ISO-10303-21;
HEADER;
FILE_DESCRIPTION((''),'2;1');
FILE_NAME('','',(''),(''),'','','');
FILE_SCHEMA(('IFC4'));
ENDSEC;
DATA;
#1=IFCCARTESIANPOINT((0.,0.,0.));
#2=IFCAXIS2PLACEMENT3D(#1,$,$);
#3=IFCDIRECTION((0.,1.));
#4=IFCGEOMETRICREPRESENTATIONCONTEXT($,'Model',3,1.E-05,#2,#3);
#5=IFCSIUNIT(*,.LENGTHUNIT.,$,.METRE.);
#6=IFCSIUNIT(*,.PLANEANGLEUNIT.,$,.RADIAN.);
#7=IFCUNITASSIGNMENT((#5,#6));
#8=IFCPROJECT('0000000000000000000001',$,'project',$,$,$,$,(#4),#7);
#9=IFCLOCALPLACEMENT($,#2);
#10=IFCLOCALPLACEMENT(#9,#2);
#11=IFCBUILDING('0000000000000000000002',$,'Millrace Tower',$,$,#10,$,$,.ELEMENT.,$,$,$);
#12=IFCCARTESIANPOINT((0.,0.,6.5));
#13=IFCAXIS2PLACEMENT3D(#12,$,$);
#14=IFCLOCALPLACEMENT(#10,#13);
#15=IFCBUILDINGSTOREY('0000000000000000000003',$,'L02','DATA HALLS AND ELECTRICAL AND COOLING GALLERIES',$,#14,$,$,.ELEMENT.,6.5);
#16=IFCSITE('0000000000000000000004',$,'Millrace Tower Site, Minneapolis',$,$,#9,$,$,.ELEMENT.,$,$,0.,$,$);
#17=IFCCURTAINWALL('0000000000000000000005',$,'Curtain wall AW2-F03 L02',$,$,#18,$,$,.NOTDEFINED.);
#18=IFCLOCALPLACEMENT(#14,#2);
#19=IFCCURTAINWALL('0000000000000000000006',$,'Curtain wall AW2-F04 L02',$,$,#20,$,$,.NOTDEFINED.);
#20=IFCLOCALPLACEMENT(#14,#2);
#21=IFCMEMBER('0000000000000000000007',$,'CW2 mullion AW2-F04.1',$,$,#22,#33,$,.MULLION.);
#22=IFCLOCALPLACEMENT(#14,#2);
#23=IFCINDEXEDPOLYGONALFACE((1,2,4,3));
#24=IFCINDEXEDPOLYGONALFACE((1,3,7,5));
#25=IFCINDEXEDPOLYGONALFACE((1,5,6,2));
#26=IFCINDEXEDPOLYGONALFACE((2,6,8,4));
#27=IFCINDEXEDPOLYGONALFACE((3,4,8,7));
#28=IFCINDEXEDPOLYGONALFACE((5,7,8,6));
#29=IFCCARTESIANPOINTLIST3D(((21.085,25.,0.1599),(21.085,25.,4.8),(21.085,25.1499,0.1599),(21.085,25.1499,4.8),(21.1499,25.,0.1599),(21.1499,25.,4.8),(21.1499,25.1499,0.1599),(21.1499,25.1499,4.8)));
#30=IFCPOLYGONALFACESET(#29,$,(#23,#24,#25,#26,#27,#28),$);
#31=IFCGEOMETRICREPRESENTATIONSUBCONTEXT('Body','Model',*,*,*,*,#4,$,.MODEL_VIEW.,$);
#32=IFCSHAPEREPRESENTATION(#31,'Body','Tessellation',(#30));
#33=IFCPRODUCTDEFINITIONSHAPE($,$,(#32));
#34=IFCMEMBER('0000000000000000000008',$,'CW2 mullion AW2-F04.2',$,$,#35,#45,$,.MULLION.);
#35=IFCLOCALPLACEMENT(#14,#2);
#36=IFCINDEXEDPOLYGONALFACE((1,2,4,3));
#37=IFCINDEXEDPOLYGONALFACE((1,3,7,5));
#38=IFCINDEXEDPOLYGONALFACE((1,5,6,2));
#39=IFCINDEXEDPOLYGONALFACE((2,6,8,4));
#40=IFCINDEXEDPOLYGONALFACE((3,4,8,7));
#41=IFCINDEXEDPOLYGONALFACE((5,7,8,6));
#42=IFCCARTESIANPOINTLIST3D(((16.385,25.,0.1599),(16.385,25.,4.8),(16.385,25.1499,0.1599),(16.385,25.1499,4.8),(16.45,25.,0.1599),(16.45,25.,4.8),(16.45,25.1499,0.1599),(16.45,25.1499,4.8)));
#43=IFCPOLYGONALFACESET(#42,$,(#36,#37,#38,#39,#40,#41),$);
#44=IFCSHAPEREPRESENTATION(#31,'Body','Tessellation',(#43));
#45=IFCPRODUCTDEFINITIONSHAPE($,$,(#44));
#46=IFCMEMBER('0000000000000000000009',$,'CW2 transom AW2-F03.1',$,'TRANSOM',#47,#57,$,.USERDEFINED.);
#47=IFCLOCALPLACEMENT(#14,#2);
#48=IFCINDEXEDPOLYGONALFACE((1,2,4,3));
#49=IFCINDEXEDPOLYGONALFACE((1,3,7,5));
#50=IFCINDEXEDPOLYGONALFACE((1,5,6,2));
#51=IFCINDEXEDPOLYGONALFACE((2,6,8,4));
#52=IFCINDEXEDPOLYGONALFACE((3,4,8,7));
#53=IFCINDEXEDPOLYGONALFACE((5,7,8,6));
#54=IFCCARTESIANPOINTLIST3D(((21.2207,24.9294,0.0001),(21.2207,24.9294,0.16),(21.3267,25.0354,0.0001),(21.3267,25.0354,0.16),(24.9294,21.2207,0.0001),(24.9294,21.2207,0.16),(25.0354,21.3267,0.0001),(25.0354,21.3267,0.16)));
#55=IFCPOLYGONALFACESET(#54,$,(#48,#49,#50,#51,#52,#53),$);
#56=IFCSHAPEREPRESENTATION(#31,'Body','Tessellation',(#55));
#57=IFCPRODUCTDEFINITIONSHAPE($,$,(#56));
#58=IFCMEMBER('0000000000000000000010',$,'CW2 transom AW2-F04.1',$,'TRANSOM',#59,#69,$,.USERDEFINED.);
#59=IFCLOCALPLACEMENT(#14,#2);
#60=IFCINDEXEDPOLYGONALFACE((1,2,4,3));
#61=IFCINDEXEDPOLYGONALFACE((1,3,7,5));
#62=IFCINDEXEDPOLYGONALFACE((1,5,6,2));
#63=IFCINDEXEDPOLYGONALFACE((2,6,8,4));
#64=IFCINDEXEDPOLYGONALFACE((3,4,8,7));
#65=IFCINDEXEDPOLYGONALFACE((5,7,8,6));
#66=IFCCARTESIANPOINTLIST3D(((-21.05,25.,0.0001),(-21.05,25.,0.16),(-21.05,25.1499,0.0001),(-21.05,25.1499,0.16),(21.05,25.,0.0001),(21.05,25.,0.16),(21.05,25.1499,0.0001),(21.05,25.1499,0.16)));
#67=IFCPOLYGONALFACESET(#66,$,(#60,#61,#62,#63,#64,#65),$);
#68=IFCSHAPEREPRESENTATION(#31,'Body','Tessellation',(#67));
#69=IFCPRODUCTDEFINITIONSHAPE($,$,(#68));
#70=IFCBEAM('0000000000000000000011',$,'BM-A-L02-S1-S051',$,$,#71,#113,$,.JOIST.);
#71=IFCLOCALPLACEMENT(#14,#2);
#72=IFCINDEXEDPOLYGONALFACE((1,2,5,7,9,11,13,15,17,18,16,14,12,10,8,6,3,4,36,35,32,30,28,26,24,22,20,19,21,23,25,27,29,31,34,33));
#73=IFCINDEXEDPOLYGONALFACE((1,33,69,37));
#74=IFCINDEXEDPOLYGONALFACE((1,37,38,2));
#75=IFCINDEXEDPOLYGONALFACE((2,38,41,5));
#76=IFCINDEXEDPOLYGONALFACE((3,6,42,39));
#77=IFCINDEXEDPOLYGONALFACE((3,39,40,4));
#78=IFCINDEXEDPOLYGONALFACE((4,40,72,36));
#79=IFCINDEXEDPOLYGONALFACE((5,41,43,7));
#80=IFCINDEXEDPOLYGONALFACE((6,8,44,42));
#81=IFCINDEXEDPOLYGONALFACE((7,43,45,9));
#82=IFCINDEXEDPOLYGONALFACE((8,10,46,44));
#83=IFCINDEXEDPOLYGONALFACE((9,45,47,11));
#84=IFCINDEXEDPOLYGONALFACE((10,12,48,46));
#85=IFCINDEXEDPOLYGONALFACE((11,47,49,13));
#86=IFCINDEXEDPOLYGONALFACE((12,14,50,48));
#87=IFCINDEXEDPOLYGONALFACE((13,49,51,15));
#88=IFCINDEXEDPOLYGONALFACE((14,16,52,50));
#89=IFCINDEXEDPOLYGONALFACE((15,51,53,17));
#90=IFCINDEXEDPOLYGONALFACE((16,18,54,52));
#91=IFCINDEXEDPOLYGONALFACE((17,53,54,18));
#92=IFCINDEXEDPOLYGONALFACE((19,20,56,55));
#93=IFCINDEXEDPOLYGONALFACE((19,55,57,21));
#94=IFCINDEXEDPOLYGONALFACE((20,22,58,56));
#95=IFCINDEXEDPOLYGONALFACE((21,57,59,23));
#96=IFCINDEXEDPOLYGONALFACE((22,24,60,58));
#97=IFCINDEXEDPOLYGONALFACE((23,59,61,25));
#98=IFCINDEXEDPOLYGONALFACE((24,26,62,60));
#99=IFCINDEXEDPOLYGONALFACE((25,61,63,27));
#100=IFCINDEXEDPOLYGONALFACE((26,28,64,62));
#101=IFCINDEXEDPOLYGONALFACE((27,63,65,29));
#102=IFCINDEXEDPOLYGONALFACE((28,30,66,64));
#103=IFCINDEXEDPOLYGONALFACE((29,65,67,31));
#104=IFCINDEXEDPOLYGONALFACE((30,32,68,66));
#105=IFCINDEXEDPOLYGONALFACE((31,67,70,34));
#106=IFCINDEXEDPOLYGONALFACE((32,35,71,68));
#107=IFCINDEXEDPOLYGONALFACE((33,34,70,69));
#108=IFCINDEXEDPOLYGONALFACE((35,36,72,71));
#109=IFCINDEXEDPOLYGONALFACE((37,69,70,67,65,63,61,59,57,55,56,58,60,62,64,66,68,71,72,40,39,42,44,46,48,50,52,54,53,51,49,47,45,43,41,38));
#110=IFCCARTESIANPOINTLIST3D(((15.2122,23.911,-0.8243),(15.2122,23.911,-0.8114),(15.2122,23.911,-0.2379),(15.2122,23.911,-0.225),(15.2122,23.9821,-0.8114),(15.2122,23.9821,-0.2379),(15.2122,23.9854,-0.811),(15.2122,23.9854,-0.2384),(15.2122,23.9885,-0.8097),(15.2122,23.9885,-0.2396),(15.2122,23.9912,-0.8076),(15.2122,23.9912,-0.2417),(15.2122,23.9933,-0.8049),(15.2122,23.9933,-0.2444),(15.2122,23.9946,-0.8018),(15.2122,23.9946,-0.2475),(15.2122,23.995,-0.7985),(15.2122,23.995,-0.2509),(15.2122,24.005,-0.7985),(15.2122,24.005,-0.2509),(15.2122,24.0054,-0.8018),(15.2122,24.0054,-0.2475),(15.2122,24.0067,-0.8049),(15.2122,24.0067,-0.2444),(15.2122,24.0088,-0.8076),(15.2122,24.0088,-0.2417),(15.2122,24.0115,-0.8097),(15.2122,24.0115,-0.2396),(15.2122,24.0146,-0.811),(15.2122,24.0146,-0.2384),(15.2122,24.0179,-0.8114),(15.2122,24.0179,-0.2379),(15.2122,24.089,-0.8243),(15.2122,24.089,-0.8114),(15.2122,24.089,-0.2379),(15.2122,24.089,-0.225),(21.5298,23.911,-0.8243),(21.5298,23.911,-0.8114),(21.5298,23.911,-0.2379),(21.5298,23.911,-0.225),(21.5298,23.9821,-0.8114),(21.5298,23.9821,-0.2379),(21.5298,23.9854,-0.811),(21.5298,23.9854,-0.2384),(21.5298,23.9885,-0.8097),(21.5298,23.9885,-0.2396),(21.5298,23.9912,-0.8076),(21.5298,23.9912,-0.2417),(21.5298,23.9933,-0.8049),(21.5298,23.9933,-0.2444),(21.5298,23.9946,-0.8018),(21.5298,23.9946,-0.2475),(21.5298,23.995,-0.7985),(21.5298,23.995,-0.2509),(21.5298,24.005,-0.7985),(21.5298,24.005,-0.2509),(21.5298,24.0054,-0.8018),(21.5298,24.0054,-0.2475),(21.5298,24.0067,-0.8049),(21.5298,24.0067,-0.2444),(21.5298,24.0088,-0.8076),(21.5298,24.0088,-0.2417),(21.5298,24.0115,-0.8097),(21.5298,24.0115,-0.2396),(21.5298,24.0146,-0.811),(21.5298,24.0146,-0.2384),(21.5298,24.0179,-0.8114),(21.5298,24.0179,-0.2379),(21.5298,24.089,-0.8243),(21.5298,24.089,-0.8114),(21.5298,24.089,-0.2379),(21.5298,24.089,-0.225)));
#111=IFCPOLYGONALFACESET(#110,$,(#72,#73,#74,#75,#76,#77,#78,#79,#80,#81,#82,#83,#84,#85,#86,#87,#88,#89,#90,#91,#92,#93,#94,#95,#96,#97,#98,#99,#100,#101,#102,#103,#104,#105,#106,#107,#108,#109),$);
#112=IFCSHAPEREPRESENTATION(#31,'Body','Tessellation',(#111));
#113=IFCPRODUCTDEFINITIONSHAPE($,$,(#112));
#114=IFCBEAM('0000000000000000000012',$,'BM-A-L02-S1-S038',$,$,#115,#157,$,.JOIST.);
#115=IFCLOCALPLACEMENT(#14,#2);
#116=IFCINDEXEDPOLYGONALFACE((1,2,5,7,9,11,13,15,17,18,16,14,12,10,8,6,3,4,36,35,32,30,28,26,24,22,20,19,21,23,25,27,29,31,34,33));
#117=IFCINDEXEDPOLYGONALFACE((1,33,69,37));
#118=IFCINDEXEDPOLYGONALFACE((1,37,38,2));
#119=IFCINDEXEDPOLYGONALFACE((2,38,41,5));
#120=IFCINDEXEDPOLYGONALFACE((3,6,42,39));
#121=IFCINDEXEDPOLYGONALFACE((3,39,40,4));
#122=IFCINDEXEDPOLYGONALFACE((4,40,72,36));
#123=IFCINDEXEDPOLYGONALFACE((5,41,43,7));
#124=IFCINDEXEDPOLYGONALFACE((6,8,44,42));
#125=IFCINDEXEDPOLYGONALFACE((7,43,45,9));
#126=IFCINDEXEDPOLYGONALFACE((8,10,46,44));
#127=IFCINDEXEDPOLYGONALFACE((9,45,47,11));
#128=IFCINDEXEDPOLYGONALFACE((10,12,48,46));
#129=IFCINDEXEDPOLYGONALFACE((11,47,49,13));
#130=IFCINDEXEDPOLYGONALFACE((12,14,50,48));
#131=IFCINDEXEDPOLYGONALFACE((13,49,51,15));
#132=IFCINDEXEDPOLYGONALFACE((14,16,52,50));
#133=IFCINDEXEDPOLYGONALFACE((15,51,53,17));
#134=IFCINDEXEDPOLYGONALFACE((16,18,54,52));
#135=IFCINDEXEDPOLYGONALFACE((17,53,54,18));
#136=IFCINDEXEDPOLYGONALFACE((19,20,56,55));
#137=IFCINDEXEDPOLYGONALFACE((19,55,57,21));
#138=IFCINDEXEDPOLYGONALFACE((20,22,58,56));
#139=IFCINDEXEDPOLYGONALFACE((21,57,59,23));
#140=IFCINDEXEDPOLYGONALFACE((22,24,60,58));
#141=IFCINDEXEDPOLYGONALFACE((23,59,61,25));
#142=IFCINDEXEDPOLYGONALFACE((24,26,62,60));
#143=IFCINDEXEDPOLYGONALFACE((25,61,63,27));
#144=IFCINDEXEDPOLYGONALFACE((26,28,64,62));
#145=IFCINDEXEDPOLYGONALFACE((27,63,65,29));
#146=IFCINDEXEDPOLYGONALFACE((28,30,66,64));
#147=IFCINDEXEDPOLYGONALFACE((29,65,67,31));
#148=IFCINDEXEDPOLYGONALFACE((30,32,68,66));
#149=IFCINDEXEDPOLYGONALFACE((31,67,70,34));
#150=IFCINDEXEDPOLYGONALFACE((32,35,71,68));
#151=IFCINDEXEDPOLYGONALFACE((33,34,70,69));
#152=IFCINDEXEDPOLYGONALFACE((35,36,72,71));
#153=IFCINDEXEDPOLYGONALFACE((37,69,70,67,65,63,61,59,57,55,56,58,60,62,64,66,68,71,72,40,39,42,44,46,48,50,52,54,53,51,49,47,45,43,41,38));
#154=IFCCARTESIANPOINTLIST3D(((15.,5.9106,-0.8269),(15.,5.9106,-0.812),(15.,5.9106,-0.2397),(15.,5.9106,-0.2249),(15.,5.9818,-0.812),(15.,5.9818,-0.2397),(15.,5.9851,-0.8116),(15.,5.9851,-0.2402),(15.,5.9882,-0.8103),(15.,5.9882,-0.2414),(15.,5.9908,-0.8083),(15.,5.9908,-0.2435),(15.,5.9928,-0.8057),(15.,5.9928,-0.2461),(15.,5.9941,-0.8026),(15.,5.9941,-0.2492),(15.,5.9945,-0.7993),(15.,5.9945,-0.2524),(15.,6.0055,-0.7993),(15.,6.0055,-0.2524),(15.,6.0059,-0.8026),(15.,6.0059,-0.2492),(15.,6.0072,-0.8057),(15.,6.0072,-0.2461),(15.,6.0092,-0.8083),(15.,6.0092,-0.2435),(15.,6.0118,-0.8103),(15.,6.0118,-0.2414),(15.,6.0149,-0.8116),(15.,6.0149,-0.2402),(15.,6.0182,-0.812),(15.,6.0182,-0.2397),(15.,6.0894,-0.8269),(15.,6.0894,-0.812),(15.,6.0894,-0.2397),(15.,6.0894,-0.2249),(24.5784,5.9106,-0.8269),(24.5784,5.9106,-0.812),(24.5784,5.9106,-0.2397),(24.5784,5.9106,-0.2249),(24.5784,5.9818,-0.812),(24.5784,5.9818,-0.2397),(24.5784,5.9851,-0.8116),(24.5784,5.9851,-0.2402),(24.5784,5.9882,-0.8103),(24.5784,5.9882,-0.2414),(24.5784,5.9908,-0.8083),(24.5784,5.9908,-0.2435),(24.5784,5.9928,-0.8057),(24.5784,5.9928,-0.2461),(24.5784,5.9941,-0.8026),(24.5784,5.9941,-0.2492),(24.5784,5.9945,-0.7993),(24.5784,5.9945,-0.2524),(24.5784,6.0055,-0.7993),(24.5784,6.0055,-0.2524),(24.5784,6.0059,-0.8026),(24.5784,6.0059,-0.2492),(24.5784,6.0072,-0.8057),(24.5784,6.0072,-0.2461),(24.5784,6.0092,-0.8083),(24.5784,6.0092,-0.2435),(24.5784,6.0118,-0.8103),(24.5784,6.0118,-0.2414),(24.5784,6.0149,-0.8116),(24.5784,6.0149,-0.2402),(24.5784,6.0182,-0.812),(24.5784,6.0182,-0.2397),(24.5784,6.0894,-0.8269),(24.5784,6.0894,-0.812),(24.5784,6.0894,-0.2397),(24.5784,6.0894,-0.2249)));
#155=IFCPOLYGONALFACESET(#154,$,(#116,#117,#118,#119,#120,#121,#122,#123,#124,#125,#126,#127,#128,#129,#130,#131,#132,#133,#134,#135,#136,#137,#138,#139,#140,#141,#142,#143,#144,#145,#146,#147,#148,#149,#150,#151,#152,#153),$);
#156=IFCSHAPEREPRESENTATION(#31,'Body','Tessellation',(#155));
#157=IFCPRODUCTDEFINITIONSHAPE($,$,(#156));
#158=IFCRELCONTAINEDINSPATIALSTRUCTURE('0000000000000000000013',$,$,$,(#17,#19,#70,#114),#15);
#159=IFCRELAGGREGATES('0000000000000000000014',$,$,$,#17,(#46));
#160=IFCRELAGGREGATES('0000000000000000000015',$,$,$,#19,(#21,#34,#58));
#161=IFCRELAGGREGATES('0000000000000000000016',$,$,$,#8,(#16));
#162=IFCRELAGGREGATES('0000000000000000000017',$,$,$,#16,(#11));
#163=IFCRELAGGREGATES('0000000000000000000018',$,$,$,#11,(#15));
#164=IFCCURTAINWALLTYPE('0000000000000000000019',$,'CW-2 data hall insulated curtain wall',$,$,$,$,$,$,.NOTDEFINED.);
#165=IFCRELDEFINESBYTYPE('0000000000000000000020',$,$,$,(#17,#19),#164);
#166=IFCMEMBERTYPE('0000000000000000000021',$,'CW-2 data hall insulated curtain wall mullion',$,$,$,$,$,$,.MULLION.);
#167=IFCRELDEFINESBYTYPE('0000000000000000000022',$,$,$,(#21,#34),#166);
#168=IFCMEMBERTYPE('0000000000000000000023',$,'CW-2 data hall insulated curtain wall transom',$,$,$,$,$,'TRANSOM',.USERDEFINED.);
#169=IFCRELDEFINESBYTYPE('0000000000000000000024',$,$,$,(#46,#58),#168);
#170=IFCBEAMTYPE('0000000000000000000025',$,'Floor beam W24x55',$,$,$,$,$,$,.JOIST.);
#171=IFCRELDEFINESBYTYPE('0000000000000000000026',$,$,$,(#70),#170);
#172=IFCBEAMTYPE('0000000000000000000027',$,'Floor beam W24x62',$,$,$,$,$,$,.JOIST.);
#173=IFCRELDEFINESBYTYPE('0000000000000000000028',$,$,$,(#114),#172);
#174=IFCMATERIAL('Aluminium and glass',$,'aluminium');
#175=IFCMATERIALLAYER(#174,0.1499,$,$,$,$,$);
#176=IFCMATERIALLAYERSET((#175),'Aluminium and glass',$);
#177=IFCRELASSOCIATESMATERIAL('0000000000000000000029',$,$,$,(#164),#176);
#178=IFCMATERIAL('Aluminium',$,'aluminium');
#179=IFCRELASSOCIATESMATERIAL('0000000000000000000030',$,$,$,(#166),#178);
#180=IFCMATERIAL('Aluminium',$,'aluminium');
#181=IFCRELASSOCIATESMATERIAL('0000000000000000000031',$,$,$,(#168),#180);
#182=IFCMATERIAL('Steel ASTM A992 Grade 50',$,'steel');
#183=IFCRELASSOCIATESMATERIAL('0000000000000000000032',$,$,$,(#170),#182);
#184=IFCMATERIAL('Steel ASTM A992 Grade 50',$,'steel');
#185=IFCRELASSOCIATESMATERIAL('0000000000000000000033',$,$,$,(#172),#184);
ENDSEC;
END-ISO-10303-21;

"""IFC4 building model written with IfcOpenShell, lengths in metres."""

from ifc_helpers import new_model, si_unit, direction, frame, origin, origin_2d, place, context, subcontext, project, spatial, rectangle, i_section, extrude, material, layer, layer_set, material_profile, profile_set, type_object, element, aggregate, save


model = new_model("IFC4")

# Units and contexts
model_context = context("Model", 3, precision=1e-05, world=origin(), true_north=direction((0.0, 1.0)))
body_context = subcontext(model_context, "Body", "Model", "MODEL_VIEW")
ifc_project = project(units=[si_unit("LENGTHUNIT", "METRE"), si_unit("PLANEANGLEUNIT", "RADIAN")], contexts=[model_context])

# Site, building, storey
site_placement = place(None, origin())
site = spatial("IfcSite", under=ifc_project, at=site_placement, Name="Millrace Tower Site, Minneapolis", CompositionType="ELEMENT", RefElevation=0.0)
building_placement = place(site_placement, origin())
building = spatial("IfcBuilding", under=site, at=building_placement, Name="Millrace Tower", CompositionType="ELEMENT")
storey_placement = place(building_placement, frame((0.0, 0.0, 6.5)))
storey = spatial("IfcBuildingStorey", under=building, at=storey_placement, Name="L02", Description="DATA HALLS AND ELECTRICAL AND COOLING GALLERIES", CompositionType="ELEMENT", Elevation=6.5)

# Shared definitions
ifc_material_1 = material(Name="Aluminium and glass", Category="aluminium")
ifc_layer_1 = layer(ifc_material_1, 0.1499)
ifc_layer_set_1 = layer_set([ifc_layer_1], Name="Aluminium and glass")
curtain_wall_type = type_object("IfcCurtainWallType", Name="CW-2 data hall insulated curtain wall", PredefinedType="NOTDEFINED", material=ifc_layer_set_1)
placement = place(storey_placement, origin())
ifc_material_2 = material(Name="Aluminium", Category="aluminium")
ifc_material_profile_1 = material_profile(ifc_material_2, rectangle(XDim=0.0649, YDim=0.1499, at=origin_2d()))
ifc_profile_set_1 = profile_set([ifc_material_profile_1], Name="Aluminium")
member_type_1 = type_object("IfcMemberType", Name="CW-2 data hall insulated curtain wall mullion", PredefinedType="MULLION", material=ifc_profile_set_1)

# Curtain wall
curtain_wall_1 = element("IfcCurtainWall", 1, at=placement, inside=storey, type_object=curtain_wall_type, Name="Curtain wall AW2-F03 L02", PredefinedType="NOTDEFINED")

# Curtain wall, members
curtain_wall_2 = element("IfcCurtainWall", 2, at=placement, inside=storey, type_object=curtain_wall_type, Name="Curtain wall AW2-F04 L02", PredefinedType="NOTDEFINED")
member_1_placement = place(storey_placement, frame((21.1174, 25.075, 0.1599), z_axis=(0.0, 0.0, 1.0), x_axis=(-1.0, 0.0, 0.0)))
member_1 = element("IfcMember", 3, at=member_1_placement, type_object=member_type_1, Name="CW2 mullion AW2-F04.1", PredefinedType="MULLION", context=body_context, shape_type="SweptSolid", body=[
    extrude(rectangle(XDim=0.0649, YDim=0.1499, at=origin_2d()), origin(), (0.0, 0.0, 1.0), 4.6401),
])
member_2_placement = place(storey_placement, frame((16.4175, 25.075, 0.1599), z_axis=(0.0, 0.0, 1.0), x_axis=(-1.0, 0.0, 0.0)))
member_2 = element("IfcMember", 4, at=member_2_placement, type_object=member_type_1, Name="CW2 mullion AW2-F04.2", PredefinedType="MULLION", context=body_context, shape_type="SweptSolid", body=[
    extrude(rectangle(XDim=0.0649, YDim=0.1499, at=origin_2d()), origin(), (0.0, 0.0, 1.0), 4.6401),
])

# Members
ifc_material_3 = material(Name="Aluminium", Category="aluminium")
ifc_material_profile_2 = material_profile(ifc_material_3, rectangle(XDim=0.1499, YDim=0.1599, at=origin_2d()))
ifc_profile_set_2 = profile_set([ifc_material_profile_2], Name="Aluminium")
member_type_2 = type_object("IfcMemberType", Name="CW-2 data hall insulated curtain wall transom", ElementType="TRANSOM", PredefinedType="USERDEFINED", material=ifc_profile_set_2)
member_3_placement = place(storey_placement, frame((24.9824, 21.2737, 0.0801), z_axis=(-0.707107, 0.707107, 0.0), x_axis=(-0.707107, -0.707107, 0.0)))
member_3 = element("IfcMember", 5, at=member_3_placement, type_object=member_type_2, Name="CW2 transom AW2-F03.1", ObjectType="TRANSOM", PredefinedType="USERDEFINED", context=body_context, shape_type="SweptSolid", body=[
    extrude(rectangle(XDim=0.1499, YDim=0.1599, at=origin_2d()), origin(), (0.0, 0.0, 1.0), 5.2449),
])
aggregate(curtain_wall_1, [member_3])
member_4_placement = place(storey_placement, frame((21.05, 25.075, 0.0801), z_axis=(-1.0, 0.0, 0.0), x_axis=(0.0, -1.0, 0.0)))
member_4 = element("IfcMember", 6, at=member_4_placement, type_object=member_type_2, Name="CW2 transom AW2-F04.1", ObjectType="TRANSOM", PredefinedType="USERDEFINED", context=body_context, shape_type="SweptSolid", body=[
    extrude(rectangle(XDim=0.1499, YDim=0.1599, at=origin_2d()), origin(), (0.0, 0.0, 1.0), 42.1001),
])
aggregate(curtain_wall_2, [member_1, member_2, member_4])

# Beams
ifc_material_4 = material(Name="Steel ASTM A992 Grade 50", Category="steel")
ifc_material_profile_3 = material_profile(ifc_material_4, i_section(OverallWidth=0.178, OverallDepth=0.5994, WebThickness=0.01, FlangeThickness=0.0129, FilletRadius=0.0129, at=origin_2d()))
ifc_profile_set_3 = profile_set([ifc_material_profile_3], Name="Steel ASTM A992 Grade 50")
beam_type_1 = type_object("IfcBeamType", Name="Floor beam W24x55", PredefinedType="JOIST", material=ifc_profile_set_3)
beam_1_placement = place(storey_placement, frame((15.2122, 24.0, -0.5247), z_axis=(1.0, 0.0, 0.0), x_axis=(0.0, 1.0, 0.0)))
element("IfcBeam", 7, at=beam_1_placement, inside=storey, type_object=beam_type_1, Name="BM-A-L02-S1-S051", PredefinedType="JOIST", context=body_context, shape_type="SweptSolid", body=[
    extrude(i_section(OverallWidth=0.178, OverallDepth=0.5994, WebThickness=0.01, FlangeThickness=0.0129, FilletRadius=0.0129, at=origin_2d()), origin(), (0.0, 0.0, 1.0), 6.3176),
])
ifc_material_5 = material(Name="Steel ASTM A992 Grade 50", Category="steel")
ifc_material_profile_4 = material_profile(ifc_material_5, i_section(OverallWidth=0.1787, OverallDepth=0.6021, WebThickness=0.011, FlangeThickness=0.0149, FilletRadius=0.0127, at=origin_2d()))
ifc_profile_set_4 = profile_set([ifc_material_profile_4], Name="Steel ASTM A992 Grade 50")
beam_type_2 = type_object("IfcBeamType", Name="Floor beam W24x62", PredefinedType="JOIST", material=ifc_profile_set_4)
for number, where, z_axis, x_axis, name in (
    (8, (15.0, 6.0, -0.5259), (1.0, 0.0, 0.0), (0.0, 1.0, 0.0), "BM-A-L02-S1-S038"),
):
    element("IfcBeam", number, at=place(storey_placement, frame(where, z_axis=z_axis, x_axis=x_axis)), inside=storey, type_object=beam_type_2, Name=name, PredefinedType="JOIST", context=body_context, shape_type="SweptSolid", body=[
        extrude(i_section(OverallWidth=0.1787, OverallDepth=0.6021, WebThickness=0.011, FlangeThickness=0.0149, FilletRadius=0.0127, at=origin_2d()), origin(), (0.0, 0.0, 1.0), 9.5784),
    ])

save(model, "model.ifc")
